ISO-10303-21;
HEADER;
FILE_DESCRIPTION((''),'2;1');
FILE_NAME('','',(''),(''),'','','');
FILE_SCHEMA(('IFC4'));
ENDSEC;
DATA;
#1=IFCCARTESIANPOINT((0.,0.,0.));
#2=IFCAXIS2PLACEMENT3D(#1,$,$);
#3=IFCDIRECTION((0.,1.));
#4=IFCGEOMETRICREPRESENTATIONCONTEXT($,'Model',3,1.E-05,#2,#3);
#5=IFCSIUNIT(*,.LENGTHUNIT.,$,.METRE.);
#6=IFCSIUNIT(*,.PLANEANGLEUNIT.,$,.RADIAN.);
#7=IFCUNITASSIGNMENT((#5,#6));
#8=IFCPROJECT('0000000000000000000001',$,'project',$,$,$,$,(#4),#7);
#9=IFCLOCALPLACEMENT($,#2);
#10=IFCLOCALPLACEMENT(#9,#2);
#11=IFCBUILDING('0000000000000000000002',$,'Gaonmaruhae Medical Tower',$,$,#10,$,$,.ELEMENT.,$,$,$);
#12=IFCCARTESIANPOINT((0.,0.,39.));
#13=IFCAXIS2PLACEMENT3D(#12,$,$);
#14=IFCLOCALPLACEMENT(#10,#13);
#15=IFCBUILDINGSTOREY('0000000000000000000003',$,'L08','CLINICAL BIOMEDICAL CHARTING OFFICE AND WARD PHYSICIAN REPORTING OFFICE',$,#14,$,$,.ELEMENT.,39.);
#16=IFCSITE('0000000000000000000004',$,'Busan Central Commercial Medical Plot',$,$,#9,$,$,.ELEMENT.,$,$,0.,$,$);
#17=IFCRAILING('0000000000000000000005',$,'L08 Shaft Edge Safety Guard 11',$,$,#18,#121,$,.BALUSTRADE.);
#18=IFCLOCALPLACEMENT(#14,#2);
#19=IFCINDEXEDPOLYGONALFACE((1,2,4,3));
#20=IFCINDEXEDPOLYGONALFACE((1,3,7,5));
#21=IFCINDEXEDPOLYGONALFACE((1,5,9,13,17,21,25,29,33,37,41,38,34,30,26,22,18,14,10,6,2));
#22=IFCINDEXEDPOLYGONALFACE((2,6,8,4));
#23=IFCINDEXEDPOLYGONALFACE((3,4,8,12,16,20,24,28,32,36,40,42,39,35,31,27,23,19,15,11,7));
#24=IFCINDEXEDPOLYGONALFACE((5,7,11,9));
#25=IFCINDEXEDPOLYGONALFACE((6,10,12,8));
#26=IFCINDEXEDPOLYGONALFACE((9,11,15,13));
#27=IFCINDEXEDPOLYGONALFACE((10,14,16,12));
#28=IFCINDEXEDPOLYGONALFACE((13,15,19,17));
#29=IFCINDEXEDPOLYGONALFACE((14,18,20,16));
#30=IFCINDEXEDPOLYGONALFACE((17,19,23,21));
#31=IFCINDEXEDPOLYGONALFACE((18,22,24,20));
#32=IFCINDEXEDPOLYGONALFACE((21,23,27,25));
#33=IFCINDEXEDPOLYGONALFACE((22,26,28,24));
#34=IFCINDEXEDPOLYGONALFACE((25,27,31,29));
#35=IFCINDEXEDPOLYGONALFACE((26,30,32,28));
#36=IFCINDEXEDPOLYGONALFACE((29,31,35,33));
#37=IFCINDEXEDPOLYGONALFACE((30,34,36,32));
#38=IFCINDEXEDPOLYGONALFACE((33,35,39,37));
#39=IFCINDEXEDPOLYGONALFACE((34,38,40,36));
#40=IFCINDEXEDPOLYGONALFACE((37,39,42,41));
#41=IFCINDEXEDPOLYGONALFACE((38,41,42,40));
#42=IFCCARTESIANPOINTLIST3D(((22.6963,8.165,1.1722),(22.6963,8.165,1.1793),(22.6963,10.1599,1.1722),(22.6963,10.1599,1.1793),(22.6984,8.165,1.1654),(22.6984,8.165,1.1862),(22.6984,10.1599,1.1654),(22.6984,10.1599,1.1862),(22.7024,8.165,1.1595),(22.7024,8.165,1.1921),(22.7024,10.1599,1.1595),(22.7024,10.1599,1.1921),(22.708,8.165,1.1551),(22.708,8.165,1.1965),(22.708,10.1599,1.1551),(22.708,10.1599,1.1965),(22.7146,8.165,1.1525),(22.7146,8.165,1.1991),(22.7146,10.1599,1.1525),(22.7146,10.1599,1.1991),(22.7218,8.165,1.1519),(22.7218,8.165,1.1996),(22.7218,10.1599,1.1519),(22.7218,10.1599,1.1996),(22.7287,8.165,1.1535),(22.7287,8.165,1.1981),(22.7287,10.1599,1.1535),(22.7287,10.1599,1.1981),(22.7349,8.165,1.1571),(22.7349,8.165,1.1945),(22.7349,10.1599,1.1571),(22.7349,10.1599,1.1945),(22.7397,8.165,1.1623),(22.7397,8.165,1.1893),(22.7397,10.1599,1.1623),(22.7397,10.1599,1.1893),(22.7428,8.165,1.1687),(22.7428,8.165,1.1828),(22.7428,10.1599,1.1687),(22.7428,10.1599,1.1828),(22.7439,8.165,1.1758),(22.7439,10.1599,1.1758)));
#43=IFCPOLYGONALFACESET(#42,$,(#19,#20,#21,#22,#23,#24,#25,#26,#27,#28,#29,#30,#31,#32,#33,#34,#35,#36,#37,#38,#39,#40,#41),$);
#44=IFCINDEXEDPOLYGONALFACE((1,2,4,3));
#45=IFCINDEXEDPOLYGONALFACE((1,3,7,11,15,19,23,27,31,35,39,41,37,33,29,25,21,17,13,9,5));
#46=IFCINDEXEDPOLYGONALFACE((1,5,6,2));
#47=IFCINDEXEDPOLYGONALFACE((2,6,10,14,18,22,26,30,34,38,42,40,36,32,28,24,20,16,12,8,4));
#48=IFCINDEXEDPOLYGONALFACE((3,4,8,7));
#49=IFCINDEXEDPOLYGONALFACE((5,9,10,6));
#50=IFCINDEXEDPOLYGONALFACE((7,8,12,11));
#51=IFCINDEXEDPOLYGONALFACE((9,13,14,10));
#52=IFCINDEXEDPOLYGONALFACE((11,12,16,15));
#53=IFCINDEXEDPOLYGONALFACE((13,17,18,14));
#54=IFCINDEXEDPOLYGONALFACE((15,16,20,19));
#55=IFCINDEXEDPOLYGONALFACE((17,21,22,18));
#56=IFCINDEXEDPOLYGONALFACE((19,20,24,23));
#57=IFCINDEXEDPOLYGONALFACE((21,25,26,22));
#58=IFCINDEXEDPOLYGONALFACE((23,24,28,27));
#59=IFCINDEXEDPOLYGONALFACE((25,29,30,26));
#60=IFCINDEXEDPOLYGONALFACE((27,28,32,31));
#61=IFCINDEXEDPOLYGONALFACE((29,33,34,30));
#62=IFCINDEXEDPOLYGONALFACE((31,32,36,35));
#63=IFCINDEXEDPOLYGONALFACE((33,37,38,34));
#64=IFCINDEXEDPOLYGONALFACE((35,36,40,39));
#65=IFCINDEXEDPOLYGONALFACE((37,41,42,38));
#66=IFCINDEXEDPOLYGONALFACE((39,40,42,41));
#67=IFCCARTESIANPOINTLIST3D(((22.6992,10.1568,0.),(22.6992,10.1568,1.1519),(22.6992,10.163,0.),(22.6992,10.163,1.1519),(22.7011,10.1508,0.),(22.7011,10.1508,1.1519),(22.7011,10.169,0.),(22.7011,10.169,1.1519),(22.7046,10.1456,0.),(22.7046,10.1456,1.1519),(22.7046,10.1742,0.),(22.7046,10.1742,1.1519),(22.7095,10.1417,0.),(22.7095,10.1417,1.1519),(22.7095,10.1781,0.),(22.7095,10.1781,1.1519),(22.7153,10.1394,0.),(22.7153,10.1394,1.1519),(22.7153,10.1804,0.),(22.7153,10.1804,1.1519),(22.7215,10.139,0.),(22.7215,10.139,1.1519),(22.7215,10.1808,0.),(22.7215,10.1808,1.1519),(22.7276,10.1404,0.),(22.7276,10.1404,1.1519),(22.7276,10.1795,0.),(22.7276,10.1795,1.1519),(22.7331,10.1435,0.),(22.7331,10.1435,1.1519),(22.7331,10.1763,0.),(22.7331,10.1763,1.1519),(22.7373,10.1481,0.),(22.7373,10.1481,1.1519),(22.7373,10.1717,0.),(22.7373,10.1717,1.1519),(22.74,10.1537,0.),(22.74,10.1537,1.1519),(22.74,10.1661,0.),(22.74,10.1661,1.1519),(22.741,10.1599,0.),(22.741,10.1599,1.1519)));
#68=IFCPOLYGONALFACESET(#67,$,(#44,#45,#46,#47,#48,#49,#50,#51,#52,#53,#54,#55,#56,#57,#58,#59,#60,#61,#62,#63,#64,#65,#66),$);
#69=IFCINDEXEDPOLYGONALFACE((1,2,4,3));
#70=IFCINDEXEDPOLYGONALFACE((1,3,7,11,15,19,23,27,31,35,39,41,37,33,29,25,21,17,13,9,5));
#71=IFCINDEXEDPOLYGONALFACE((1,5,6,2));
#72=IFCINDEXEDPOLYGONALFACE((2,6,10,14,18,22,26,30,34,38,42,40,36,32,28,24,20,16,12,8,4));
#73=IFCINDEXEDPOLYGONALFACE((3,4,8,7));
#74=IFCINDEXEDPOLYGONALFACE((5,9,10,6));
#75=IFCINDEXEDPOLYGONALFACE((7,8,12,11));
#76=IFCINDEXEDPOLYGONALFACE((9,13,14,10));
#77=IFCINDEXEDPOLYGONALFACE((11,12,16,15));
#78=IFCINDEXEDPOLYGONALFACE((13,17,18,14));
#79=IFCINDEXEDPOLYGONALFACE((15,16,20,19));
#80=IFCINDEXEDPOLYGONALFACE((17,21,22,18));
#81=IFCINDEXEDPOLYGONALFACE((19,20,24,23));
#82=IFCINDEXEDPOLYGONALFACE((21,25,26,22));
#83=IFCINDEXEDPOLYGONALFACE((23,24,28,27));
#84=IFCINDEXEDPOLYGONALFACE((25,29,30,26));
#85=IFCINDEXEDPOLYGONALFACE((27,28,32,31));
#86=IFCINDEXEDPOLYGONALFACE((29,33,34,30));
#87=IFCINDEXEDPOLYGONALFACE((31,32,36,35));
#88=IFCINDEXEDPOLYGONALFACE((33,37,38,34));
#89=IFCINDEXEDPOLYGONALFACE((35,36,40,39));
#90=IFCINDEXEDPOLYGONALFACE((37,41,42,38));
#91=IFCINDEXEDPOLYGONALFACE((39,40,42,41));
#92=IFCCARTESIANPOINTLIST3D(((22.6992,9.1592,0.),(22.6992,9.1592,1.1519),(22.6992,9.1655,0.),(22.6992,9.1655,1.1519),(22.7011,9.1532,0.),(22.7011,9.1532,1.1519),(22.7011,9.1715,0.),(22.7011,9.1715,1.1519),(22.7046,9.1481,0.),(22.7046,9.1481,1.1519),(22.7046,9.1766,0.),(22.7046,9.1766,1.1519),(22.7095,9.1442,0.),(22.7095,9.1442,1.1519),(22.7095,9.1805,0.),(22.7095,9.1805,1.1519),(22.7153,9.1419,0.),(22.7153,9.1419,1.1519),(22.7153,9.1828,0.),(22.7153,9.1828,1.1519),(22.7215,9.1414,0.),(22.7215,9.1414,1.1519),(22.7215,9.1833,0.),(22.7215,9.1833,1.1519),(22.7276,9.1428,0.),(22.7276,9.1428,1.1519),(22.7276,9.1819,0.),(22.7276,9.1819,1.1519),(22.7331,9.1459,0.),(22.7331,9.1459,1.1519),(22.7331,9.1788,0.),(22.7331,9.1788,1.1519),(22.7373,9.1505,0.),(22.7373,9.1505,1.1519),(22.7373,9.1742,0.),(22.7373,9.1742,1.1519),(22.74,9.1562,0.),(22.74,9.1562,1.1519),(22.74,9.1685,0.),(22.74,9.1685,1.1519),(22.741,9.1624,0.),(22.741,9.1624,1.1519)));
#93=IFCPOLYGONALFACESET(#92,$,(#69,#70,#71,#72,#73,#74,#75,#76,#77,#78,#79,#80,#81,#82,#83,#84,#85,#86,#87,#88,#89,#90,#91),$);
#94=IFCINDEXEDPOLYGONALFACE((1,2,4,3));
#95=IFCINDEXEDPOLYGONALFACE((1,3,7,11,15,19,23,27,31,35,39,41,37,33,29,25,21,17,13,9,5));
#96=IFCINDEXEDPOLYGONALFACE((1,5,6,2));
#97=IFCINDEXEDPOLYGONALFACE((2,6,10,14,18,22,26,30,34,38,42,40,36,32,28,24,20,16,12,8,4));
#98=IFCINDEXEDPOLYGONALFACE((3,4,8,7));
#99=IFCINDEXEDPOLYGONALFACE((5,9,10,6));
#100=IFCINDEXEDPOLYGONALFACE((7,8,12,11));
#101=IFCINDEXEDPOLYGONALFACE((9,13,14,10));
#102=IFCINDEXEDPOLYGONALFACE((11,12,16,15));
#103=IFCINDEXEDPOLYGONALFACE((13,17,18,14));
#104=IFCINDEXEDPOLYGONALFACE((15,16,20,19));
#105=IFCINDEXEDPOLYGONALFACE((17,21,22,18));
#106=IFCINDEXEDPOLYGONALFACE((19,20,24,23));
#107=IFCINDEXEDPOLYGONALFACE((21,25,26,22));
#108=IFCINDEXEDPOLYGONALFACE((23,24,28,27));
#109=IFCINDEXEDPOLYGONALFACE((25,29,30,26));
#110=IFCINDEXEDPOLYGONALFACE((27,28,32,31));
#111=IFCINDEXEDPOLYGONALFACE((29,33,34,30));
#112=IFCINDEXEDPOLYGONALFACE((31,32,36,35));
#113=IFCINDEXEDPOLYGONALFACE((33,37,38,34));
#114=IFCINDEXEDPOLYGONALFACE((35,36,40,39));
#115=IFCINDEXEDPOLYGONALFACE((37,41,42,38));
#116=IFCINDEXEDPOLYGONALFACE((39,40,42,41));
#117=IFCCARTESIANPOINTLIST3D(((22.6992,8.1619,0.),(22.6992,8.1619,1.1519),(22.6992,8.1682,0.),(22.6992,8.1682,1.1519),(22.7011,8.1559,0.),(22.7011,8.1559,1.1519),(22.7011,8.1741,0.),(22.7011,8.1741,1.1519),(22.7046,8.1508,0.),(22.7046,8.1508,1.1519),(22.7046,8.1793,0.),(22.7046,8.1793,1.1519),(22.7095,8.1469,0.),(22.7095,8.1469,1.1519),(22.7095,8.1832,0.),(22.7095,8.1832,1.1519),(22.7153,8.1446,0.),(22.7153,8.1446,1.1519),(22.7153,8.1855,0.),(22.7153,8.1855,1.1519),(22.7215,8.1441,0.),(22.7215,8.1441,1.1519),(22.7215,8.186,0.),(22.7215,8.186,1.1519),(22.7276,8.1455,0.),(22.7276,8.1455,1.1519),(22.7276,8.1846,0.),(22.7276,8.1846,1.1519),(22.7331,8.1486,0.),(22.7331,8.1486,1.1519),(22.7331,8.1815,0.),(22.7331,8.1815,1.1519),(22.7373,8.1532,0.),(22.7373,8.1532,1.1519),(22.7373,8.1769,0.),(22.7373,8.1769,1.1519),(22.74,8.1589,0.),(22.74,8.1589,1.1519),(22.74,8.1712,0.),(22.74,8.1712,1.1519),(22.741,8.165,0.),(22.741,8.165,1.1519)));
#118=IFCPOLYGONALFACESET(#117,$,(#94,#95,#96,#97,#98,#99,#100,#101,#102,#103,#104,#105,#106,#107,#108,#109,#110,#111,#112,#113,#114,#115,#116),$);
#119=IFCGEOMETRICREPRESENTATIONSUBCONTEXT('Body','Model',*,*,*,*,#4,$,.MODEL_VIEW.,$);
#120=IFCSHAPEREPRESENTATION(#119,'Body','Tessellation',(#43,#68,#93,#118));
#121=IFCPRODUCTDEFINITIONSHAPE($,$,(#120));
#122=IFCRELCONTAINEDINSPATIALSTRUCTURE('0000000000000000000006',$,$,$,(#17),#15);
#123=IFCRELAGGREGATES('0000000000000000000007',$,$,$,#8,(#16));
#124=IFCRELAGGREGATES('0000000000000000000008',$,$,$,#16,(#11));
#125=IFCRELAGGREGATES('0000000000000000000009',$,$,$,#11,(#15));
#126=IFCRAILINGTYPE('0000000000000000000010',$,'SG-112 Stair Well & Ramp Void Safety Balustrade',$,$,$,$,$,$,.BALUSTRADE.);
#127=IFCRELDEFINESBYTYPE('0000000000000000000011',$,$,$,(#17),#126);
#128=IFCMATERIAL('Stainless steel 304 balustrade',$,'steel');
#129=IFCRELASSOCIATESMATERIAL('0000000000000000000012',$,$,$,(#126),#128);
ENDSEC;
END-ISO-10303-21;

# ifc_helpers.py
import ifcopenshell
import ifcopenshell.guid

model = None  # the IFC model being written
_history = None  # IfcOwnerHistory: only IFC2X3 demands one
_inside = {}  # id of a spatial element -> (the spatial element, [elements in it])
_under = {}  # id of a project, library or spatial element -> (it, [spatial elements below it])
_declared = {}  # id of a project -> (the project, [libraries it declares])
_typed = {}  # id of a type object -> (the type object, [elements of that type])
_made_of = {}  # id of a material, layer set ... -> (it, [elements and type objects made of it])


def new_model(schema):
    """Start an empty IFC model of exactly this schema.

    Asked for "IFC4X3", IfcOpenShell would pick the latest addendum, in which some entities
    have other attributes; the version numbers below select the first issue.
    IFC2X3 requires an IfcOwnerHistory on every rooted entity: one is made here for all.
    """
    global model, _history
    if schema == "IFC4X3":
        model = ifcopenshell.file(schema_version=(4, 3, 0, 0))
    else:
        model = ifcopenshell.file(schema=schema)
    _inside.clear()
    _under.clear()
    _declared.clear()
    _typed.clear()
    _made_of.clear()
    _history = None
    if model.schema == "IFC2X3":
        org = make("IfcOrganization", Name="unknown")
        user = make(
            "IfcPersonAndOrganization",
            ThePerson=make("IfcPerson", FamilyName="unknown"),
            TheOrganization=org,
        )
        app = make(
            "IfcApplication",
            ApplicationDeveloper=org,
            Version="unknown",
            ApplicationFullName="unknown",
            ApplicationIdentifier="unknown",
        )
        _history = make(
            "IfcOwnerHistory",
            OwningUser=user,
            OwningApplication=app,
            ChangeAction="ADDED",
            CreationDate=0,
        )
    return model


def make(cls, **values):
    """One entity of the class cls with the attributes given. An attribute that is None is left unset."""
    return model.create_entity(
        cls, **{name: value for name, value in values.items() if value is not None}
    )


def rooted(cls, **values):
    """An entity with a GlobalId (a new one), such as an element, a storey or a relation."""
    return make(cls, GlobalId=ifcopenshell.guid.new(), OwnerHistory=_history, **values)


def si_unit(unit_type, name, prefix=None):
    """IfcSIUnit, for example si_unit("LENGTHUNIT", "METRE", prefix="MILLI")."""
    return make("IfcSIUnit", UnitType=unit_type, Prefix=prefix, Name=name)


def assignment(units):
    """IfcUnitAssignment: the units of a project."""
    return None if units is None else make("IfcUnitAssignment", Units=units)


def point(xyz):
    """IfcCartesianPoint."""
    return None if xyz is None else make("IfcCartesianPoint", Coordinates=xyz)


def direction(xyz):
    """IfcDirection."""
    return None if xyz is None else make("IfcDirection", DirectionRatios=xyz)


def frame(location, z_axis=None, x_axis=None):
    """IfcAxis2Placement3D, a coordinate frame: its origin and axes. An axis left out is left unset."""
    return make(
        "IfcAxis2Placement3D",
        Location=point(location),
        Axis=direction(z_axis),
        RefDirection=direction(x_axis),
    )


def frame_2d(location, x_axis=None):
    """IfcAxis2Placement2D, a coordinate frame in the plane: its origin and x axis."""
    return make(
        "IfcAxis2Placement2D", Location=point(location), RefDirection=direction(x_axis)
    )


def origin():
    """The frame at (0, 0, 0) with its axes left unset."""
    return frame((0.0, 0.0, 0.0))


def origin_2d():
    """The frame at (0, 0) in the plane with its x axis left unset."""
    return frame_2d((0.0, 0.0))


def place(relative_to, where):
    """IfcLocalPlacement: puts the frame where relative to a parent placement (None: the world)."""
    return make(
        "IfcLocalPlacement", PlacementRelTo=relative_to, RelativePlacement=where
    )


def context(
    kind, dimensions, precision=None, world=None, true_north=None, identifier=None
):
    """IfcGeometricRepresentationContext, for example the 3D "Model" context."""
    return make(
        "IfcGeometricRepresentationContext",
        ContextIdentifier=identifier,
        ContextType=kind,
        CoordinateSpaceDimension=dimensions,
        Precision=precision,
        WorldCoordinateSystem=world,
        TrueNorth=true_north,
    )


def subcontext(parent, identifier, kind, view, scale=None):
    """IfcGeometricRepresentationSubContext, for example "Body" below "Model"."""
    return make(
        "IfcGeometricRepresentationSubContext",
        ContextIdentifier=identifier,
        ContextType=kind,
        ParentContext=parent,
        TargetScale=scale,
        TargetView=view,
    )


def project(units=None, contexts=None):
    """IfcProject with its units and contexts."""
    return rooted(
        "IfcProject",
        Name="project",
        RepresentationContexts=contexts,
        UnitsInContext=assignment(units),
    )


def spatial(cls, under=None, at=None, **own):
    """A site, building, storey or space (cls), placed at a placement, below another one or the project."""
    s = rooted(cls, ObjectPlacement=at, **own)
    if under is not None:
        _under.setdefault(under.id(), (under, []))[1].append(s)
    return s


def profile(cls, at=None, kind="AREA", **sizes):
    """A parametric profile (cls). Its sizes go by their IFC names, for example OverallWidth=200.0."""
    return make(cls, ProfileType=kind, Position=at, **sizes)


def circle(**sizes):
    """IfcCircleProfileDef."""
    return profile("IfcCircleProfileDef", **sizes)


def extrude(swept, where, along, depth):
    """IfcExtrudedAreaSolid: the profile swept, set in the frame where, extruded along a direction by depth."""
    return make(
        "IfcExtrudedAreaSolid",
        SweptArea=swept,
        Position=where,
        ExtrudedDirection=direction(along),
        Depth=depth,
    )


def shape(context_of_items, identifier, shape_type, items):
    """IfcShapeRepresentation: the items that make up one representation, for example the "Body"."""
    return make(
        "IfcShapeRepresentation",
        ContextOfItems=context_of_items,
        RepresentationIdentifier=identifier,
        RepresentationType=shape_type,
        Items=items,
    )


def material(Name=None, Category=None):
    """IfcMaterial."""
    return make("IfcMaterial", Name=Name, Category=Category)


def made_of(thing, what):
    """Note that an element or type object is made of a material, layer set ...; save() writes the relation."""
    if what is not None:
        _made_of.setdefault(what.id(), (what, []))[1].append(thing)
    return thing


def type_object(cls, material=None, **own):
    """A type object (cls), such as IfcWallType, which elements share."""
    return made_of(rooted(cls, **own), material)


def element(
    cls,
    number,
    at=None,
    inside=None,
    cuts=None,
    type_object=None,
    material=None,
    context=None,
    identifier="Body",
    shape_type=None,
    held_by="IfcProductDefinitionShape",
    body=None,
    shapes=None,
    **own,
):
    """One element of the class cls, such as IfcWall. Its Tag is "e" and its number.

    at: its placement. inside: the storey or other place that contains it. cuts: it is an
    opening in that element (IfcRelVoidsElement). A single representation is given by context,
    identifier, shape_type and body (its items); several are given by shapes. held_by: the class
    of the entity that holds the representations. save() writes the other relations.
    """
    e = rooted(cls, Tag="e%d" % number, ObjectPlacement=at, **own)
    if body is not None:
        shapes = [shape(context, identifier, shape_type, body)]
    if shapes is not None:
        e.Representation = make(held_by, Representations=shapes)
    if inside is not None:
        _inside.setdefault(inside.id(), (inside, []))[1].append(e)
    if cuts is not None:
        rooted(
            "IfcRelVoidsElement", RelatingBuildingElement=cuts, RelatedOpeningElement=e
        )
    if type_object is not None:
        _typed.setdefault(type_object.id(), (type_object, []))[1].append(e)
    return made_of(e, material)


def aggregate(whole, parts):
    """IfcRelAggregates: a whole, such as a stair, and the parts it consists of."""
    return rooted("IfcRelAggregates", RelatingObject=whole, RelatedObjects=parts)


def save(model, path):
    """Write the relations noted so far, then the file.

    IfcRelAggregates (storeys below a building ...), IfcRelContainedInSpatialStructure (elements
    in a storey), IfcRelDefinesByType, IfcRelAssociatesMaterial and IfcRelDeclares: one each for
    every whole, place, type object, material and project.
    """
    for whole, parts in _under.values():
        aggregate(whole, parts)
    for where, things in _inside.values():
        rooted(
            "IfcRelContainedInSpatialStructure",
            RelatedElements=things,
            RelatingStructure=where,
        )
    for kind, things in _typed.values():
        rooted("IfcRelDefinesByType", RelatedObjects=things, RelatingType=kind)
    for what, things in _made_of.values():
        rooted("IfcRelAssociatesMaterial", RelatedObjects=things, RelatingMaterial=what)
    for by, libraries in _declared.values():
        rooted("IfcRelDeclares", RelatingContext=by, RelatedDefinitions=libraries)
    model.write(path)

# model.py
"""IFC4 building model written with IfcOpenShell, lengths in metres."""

from ifc_helpers import new_model, si_unit, direction, frame, origin, origin_2d, place, context, subcontext, project, spatial, circle, extrude, material, type_object, element, save


model = new_model("IFC4")

# Units and contexts
model_context = context("Model", 3, precision=1e-05, world=origin(), true_north=direction((0.0, 1.0)))
body_context = subcontext(model_context, "Body", "Model", "MODEL_VIEW")
ifc_project = project(units=[si_unit("LENGTHUNIT", "METRE"), si_unit("PLANEANGLEUNIT", "RADIAN")], contexts=[model_context])

# Site, building, storey
site_placement = place(None, origin())
site = spatial("IfcSite", under=ifc_project, at=site_placement, Name="Busan Central Commercial Medical Plot", CompositionType="ELEMENT", RefElevation=0.0)
building_placement = place(site_placement, origin())
building = spatial("IfcBuilding", under=site, at=building_placement, Name="Gaonmaruhae Medical Tower", CompositionType="ELEMENT")
storey_placement = place(building_placement, frame((0.0, 0.0, 39.0)))
storey = spatial("IfcBuildingStorey", under=building, at=storey_placement, Name="L08", Description="CLINICAL BIOMEDICAL CHARTING OFFICE AND WARD PHYSICIAN REPORTING OFFICE", CompositionType="ELEMENT", Elevation=39.0)

# Railing
ifc_material_1 = material(Name="Stainless steel 304 balustrade", Category="steel")
railing_type_1 = type_object("IfcRailingType", Name="SG-112 Stair Well & Ramp Void Safety Balustrade", PredefinedType="BALUSTRADE", material=ifc_material_1)
railing_1_placement = place(storey_placement, frame((22.72, 10.1599, 0.0)))
element("IfcRailing", 1, at=railing_1_placement, inside=storey, type_object=railing_type_1, Name="L08 Shaft Edge Safety Guard 11", PredefinedType="BALUSTRADE", context=body_context, shape_type="SweptSolid", body=[
    extrude(circle(Radius=0.0239, at=origin_2d()), frame((0.0, 0.0, 1.1758), z_axis=(0.0, -1.0, 0.0), x_axis=(1.0, 0.0, 0.0)), (0.0, 0.0, 1.0), 1.9949),
    extrude(circle(Radius=0.021, at=origin_2d()), origin(), (0.0, 0.0, 1.0), 1.1519),
    extrude(circle(Radius=0.021, at=origin_2d()), frame((0.0, -0.9976, 0.0)), (0.0, 0.0, 1.0), 1.1519),
    extrude(circle(Radius=0.021, at=origin_2d()), frame((0.0, -1.9949, 0.0)), (0.0, 0.0, 1.0), 1.1519),
])

save(model, "model.ifc")
